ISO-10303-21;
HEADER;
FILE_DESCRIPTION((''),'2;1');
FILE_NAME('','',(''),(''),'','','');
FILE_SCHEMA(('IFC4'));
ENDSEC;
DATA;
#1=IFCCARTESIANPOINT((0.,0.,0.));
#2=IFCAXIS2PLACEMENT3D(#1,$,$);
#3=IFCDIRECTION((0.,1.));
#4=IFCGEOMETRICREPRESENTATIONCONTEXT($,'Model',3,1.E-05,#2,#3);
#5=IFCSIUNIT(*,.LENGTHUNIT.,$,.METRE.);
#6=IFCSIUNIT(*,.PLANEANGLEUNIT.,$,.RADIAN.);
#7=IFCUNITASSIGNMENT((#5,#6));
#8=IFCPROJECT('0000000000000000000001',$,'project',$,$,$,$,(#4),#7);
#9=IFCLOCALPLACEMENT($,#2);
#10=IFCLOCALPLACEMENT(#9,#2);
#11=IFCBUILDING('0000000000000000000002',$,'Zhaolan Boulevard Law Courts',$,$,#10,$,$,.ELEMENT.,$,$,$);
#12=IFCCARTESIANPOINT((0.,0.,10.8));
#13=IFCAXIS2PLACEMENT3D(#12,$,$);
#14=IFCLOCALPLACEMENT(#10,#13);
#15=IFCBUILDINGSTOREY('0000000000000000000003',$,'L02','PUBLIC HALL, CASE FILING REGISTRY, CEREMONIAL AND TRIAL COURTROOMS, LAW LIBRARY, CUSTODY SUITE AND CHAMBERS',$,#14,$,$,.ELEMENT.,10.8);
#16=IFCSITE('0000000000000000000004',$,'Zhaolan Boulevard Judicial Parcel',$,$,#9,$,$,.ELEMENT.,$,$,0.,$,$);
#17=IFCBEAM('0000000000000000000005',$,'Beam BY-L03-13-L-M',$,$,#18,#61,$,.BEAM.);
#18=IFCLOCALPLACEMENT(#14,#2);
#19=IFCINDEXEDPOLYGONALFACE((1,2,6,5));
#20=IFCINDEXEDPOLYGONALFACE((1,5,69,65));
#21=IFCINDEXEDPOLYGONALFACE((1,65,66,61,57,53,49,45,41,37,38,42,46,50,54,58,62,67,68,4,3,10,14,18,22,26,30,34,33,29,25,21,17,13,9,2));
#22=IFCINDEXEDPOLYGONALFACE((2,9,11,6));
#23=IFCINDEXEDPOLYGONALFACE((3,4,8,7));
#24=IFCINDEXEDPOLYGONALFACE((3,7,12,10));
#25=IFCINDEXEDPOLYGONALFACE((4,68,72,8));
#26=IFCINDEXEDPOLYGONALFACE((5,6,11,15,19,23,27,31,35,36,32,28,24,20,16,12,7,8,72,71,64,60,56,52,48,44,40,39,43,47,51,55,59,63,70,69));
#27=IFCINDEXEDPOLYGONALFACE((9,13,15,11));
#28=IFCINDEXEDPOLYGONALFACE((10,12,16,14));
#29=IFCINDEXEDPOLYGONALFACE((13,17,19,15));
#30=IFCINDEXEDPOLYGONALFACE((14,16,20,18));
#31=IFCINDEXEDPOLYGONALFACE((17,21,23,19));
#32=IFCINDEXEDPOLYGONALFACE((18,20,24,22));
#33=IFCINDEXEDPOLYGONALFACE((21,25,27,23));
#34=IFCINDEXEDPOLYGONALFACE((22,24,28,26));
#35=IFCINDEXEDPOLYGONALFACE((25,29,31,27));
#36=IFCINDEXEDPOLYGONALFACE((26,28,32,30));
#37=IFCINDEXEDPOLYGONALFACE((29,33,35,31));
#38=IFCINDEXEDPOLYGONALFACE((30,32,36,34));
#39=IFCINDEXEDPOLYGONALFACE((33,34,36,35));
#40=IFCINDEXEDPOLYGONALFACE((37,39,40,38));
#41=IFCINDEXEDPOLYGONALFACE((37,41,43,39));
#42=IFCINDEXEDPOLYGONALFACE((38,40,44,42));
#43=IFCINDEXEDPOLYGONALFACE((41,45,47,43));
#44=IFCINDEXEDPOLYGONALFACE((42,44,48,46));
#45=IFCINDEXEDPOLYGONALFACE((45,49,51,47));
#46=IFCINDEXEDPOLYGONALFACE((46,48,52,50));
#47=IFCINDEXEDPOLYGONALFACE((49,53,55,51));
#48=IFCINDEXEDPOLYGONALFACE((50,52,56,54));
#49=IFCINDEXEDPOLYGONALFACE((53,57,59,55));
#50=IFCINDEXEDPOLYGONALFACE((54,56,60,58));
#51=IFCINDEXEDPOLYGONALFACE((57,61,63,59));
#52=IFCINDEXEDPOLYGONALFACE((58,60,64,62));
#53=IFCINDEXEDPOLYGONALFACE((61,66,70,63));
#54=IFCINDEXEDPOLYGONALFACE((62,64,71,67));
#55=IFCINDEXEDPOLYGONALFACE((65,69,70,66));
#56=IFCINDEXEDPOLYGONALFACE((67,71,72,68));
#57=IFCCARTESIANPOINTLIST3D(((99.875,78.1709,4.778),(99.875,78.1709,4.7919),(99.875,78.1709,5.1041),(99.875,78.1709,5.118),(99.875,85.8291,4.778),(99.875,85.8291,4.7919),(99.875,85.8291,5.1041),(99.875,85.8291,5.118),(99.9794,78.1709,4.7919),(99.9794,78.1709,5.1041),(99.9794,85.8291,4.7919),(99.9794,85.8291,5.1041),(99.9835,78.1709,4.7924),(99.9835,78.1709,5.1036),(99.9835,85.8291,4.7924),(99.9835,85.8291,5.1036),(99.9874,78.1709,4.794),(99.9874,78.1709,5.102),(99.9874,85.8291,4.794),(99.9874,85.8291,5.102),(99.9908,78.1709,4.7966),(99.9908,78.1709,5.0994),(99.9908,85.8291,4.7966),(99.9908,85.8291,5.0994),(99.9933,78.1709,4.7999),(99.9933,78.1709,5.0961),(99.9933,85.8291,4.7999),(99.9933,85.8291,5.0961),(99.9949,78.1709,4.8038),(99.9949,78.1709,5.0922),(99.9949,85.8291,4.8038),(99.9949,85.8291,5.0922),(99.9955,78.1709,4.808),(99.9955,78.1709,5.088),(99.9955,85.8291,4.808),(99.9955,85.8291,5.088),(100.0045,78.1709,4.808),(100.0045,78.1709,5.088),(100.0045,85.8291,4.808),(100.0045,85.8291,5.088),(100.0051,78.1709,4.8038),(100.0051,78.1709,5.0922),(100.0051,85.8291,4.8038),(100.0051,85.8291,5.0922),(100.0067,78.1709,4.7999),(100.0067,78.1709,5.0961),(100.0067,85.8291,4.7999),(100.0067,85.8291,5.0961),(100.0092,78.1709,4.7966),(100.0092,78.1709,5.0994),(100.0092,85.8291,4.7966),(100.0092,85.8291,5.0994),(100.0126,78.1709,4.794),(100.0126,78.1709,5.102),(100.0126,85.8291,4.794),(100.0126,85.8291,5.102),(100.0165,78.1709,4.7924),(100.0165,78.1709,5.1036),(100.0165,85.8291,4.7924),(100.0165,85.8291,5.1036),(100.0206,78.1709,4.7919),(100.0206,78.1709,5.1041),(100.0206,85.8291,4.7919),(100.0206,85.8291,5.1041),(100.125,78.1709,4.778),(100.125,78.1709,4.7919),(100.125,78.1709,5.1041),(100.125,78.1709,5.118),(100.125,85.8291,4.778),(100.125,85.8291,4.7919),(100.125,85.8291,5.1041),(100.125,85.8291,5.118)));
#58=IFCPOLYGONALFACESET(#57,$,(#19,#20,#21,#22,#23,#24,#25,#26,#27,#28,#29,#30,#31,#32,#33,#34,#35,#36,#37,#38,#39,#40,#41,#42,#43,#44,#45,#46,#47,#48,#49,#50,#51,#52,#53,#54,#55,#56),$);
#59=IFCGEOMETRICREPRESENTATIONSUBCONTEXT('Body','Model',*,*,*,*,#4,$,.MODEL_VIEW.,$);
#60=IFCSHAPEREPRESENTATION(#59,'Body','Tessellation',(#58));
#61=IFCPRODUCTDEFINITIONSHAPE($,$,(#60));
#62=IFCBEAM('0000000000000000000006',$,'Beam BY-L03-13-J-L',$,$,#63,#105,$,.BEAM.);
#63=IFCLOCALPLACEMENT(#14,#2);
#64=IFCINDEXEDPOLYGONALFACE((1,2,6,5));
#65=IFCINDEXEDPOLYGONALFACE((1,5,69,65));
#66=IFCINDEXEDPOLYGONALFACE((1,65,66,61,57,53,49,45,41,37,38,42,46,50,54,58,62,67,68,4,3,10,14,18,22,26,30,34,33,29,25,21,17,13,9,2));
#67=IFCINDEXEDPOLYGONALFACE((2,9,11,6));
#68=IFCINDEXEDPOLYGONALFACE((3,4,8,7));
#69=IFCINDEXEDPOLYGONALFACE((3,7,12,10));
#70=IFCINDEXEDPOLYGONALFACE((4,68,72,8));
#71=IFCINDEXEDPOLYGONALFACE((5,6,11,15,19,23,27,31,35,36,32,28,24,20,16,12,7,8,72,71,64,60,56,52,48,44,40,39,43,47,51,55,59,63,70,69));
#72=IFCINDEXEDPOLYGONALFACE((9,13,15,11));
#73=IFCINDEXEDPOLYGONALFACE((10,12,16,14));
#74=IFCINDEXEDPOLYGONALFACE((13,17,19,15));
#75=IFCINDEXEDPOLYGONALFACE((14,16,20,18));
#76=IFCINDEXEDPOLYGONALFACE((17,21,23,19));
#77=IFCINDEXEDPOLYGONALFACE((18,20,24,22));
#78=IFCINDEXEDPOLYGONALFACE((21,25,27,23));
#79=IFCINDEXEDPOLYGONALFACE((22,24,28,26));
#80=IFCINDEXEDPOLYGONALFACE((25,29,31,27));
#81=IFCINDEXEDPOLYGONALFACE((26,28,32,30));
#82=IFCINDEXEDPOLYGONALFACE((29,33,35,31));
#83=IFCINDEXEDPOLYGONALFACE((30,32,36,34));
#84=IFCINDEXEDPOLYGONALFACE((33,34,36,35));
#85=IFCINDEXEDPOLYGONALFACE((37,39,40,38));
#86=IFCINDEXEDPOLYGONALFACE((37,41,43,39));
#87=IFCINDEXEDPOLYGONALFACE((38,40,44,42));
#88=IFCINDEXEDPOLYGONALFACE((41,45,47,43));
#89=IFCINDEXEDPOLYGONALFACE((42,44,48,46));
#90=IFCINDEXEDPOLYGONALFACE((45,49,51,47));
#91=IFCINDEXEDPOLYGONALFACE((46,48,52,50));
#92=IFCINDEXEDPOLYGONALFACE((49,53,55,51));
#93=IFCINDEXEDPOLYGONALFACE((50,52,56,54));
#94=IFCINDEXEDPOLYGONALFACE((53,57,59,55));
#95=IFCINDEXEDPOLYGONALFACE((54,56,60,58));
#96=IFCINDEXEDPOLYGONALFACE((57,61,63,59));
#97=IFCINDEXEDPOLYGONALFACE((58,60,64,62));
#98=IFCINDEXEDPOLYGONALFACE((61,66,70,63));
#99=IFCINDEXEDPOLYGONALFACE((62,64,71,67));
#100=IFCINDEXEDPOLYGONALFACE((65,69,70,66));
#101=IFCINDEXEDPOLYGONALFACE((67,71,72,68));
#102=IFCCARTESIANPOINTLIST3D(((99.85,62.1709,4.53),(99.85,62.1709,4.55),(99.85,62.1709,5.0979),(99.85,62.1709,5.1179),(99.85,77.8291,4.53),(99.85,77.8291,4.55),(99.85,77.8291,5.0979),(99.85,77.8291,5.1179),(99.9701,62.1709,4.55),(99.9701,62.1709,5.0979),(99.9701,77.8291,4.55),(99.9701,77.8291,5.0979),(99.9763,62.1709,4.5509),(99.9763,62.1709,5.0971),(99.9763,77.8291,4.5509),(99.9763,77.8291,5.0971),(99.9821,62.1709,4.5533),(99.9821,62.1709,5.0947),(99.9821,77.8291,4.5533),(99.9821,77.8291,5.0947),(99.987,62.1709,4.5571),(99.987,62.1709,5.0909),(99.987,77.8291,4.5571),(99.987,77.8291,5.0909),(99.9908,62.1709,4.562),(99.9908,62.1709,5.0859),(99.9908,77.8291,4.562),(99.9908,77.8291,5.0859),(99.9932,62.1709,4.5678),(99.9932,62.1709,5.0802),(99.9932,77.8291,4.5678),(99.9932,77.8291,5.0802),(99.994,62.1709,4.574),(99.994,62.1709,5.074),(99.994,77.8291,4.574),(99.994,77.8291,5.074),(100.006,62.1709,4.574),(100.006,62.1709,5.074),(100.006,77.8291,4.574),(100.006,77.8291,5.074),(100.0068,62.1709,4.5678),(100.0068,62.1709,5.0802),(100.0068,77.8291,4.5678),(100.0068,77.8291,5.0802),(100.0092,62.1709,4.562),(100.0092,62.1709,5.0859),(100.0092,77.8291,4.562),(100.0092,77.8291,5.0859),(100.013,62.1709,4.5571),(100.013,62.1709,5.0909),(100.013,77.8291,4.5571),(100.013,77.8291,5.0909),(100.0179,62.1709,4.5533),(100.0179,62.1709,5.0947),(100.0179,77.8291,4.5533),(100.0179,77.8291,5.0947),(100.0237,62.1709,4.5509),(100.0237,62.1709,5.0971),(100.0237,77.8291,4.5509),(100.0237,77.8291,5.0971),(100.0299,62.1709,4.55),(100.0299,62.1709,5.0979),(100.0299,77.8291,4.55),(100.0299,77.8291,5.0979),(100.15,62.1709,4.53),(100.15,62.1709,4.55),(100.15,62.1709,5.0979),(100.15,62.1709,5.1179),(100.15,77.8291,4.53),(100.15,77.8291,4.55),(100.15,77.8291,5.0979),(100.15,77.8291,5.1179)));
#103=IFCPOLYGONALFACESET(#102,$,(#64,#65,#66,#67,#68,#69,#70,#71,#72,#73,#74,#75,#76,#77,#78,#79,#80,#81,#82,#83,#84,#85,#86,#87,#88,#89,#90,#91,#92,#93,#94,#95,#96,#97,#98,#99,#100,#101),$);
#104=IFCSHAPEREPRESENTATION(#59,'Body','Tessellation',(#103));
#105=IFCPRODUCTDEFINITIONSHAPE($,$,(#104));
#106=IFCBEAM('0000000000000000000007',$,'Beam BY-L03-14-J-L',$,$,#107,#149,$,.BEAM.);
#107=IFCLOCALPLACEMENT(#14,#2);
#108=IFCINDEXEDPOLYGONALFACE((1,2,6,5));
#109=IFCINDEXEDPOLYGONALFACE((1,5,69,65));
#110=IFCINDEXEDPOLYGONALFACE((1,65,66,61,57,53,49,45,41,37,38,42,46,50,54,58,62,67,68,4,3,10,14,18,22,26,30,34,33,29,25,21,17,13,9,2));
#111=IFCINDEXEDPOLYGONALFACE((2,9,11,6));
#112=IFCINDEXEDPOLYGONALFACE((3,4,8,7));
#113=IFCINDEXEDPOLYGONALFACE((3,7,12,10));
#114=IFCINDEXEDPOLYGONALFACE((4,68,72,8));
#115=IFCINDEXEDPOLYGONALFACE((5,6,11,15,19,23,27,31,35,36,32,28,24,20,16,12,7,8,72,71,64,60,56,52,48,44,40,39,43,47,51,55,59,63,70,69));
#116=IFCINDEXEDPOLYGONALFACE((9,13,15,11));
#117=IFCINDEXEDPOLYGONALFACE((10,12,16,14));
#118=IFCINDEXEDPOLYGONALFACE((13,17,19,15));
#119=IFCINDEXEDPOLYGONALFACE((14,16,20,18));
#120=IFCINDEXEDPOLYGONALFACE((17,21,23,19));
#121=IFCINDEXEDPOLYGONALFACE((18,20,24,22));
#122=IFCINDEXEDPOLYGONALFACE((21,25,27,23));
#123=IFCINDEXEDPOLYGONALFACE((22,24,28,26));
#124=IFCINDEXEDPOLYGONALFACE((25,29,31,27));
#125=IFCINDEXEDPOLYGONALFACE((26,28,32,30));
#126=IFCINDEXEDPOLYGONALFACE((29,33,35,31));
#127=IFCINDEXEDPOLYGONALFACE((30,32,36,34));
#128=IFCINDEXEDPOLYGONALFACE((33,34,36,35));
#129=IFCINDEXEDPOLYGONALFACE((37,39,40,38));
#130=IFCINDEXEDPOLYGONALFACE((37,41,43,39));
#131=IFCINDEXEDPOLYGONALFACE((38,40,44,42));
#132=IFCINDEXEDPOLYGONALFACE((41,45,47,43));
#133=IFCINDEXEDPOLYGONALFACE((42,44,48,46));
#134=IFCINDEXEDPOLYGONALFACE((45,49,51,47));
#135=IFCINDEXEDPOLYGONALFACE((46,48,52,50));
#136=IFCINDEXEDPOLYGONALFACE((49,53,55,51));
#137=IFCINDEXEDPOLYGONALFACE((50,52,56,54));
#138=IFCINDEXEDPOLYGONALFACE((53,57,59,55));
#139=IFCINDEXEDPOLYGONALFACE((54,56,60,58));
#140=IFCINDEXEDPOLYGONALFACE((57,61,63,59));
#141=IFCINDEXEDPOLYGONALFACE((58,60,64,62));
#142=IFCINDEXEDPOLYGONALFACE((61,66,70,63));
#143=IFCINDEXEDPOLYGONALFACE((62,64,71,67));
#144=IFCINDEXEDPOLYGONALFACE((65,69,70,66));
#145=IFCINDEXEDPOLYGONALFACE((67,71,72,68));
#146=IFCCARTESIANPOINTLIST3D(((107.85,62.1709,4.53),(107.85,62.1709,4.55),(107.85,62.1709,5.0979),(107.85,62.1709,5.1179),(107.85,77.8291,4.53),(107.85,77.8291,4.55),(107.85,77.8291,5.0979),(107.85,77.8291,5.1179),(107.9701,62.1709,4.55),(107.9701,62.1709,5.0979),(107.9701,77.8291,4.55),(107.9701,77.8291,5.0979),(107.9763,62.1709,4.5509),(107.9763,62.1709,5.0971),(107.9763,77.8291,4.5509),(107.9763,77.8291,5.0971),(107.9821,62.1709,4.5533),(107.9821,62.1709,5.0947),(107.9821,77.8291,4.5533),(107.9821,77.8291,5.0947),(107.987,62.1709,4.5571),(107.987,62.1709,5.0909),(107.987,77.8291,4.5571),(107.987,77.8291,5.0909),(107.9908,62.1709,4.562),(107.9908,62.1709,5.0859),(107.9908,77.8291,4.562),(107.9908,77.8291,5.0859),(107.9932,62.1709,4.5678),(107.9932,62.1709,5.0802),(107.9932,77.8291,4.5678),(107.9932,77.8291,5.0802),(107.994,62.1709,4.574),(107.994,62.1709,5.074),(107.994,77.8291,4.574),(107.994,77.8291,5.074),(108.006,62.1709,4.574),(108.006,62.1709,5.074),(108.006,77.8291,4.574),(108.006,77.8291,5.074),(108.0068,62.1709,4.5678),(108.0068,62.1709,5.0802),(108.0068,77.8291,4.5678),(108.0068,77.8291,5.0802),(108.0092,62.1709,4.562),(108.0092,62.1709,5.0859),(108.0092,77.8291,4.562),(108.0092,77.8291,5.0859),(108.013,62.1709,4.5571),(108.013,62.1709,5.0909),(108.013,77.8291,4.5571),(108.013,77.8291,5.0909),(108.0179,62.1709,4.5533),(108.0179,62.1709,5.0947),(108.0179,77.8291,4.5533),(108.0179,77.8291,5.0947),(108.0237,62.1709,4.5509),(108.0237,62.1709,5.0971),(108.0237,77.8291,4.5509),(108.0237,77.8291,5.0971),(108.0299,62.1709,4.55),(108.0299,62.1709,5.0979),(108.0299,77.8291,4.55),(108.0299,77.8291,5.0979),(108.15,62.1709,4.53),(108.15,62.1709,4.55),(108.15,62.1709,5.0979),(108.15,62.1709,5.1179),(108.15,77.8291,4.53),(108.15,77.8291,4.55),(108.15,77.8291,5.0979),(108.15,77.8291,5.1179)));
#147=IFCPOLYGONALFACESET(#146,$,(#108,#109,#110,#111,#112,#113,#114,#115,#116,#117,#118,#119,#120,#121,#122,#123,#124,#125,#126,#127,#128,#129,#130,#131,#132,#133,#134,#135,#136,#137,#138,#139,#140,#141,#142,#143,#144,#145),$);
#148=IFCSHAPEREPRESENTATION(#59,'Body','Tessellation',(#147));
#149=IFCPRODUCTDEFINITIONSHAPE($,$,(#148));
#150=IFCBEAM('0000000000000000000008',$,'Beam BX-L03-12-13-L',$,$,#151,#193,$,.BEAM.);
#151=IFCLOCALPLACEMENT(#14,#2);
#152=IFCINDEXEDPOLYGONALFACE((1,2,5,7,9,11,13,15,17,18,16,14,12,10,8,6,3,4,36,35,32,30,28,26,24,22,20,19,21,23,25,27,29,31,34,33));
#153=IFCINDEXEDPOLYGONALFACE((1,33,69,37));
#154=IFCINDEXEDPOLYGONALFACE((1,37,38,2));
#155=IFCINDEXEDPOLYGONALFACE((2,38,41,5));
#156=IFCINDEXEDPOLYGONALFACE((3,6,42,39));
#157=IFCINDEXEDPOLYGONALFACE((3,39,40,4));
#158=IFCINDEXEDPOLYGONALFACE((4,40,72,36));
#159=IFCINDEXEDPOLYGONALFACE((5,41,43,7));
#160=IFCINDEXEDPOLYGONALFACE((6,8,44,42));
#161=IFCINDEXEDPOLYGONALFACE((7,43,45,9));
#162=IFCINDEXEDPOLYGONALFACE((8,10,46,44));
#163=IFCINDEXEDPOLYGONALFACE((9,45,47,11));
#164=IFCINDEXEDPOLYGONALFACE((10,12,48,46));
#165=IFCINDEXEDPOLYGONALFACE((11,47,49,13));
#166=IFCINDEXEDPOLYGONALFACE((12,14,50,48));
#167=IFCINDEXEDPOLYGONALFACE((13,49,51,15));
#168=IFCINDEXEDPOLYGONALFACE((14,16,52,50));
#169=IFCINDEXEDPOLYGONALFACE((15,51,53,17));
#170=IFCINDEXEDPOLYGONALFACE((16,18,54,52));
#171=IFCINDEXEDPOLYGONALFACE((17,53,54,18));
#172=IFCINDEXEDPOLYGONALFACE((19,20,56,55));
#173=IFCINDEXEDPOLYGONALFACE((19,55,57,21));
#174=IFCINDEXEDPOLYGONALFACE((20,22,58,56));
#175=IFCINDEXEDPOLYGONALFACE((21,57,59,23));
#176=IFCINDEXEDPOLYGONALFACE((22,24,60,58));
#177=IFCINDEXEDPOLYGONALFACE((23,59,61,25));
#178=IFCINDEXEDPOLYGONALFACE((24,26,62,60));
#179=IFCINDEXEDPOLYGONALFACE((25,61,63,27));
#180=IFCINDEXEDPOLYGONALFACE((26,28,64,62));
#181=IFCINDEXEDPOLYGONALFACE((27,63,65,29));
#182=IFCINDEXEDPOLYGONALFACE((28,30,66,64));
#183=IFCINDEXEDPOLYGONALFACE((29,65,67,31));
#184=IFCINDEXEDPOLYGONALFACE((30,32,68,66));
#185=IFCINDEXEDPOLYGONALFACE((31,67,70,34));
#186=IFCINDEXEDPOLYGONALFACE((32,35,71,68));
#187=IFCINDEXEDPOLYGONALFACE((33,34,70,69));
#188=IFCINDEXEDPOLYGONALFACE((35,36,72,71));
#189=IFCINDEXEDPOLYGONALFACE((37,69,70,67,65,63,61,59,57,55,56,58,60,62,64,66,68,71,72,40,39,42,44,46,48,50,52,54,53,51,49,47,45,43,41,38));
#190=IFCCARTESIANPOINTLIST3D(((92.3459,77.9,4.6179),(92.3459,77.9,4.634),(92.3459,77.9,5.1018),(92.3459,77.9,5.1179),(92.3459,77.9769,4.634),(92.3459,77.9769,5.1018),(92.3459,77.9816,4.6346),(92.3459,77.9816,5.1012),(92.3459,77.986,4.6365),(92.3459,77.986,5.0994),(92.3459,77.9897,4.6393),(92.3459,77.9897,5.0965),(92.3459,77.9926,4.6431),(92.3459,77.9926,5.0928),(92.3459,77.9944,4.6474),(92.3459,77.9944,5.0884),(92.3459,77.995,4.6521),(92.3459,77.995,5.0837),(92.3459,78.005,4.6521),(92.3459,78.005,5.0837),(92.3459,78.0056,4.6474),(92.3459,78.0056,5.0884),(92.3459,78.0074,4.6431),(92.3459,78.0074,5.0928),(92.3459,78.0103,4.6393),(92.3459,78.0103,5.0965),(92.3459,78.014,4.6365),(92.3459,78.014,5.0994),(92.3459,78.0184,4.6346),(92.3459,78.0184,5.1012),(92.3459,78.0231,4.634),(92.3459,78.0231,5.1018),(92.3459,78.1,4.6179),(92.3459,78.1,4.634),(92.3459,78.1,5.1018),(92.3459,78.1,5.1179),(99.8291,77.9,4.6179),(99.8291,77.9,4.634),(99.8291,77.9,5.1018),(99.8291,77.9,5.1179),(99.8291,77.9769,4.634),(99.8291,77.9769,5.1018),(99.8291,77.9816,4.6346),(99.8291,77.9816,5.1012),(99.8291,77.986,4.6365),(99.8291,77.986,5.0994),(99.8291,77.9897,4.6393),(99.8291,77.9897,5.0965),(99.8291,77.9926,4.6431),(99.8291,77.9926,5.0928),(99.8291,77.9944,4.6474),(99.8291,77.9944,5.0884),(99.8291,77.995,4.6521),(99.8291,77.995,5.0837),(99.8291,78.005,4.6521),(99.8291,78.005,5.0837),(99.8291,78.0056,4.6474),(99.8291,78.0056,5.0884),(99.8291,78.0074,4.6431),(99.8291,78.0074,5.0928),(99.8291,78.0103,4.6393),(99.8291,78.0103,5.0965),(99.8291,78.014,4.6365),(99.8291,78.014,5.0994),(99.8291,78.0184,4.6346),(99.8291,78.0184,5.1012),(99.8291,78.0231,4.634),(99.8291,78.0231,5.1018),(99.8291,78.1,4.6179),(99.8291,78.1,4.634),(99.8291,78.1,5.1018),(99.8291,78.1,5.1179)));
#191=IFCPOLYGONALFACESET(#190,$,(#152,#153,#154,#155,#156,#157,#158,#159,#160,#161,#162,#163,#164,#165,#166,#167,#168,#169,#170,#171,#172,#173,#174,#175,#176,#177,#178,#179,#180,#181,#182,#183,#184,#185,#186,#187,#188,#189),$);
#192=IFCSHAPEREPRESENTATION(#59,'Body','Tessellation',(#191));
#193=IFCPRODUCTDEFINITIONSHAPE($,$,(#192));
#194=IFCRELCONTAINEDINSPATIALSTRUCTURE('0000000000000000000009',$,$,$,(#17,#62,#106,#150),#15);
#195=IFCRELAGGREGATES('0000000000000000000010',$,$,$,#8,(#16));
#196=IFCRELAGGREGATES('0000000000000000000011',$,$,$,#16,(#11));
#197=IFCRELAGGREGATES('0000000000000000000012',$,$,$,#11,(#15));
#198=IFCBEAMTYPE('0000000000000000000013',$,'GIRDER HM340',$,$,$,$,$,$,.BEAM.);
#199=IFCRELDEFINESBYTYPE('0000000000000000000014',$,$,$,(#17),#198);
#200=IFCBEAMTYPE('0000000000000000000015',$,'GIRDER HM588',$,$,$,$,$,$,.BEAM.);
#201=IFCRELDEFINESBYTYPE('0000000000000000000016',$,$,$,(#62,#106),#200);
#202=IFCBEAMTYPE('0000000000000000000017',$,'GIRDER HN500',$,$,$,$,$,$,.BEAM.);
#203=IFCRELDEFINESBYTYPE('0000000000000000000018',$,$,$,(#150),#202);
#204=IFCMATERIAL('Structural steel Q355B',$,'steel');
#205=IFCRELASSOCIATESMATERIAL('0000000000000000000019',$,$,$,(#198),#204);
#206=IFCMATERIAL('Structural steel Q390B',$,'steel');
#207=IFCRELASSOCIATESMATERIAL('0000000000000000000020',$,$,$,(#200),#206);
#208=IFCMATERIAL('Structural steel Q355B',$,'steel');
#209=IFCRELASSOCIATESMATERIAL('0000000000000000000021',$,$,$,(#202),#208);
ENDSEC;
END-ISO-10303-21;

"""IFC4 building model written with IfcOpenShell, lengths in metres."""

from ifc_helpers import new_model, si_unit, direction, frame, origin, origin_2d, place, context, subcontext, project, spatial, i_section, extrude, material, material_profile, profile_set, type_object, element, save


model = new_model("IFC4")

# Units and contexts
model_context = context("Model", 3, precision=1e-05, world=origin(), true_north=direction((0.0, 1.0)))
body_context = subcontext(model_context, "Body", "Model", "MODEL_VIEW")
ifc_project = project(units=[si_unit("LENGTHUNIT", "METRE"), si_unit("PLANEANGLEUNIT", "RADIAN")], contexts=[model_context])

# Site, building, storey
site_placement = place(None, origin())
site = spatial("IfcSite", under=ifc_project, at=site_placement, Name="Zhaolan Boulevard Judicial Parcel", CompositionType="ELEMENT", RefElevation=0.0)
building_placement = place(site_placement, origin())
building = spatial("IfcBuilding", under=site, at=building_placement, Name="Zhaolan Boulevard Law Courts", CompositionType="ELEMENT")
storey_placement = place(building_placement, frame((0.0, 0.0, 10.8)))
storey = spatial("IfcBuildingStorey", under=building, at=storey_placement, Name="L02", Description="PUBLIC HALL, CASE FILING REGISTRY, CEREMONIAL AND TRIAL COURTROOMS, LAW LIBRARY, CUSTODY SUITE AND CHAMBERS", CompositionType="ELEMENT", Elevation=10.8)

# Beams
ifc_material_1 = material(Name="Structural steel Q355B", Category="steel")
ifc_material_profile_1 = material_profile(ifc_material_1, i_section(OverallWidth=0.25, OverallDepth=0.3401, WebThickness=0.009, FlangeThickness=0.0139, FilletRadius=0.0161, at=origin_2d()), Name="HM340x250")
ifc_profile_set_1 = profile_set([ifc_material_profile_1], Name="Structural steel Q355B")
beam_type_1 = type_object("IfcBeamType", Name="GIRDER HM340", PredefinedType="BEAM", material=ifc_profile_set_1)
beam_1_placement = place(storey_placement, frame((100.0, 78.1709, 4.948), z_axis=(0.0, 1.0, 0.0), x_axis=(-1.0, 0.0, 0.0)))
element("IfcBeam", 1, at=beam_1_placement, inside=storey, type_object=beam_type_1, Name="Beam BY-L03-13-L-M", PredefinedType="BEAM", context=body_context, shape_type="SweptSolid", body=[
    extrude(i_section(OverallWidth=0.25, OverallDepth=0.3401, WebThickness=0.009, FlangeThickness=0.0139, FilletRadius=0.0161, at=origin_2d()), origin(), (0.0, 0.0, 1.0), 7.6582),
])
ifc_material_2 = material(Name="Structural steel Q390B", Category="steel")
ifc_material_profile_2 = material_profile(ifc_material_2, i_section(OverallWidth=0.3, OverallDepth=0.5879, WebThickness=0.012, FlangeThickness=0.02, FilletRadius=0.0239, at=origin_2d()), Name="HM588x300")
ifc_profile_set_2 = profile_set([ifc_material_profile_2], Name="Structural steel Q390B")
beam_type_2 = type_object("IfcBeamType", Name="GIRDER HM588", PredefinedType="BEAM", material=ifc_profile_set_2)
for number, where, z_axis, x_axis, name in (
    (2, (100.0, 62.1709, 4.824), (0.0, 1.0, 0.0), (-1.0, 0.0, 0.0), "Beam BY-L03-13-J-L"),
    (3, (108.0, 62.1709, 4.824), (0.0, 1.0, 0.0), (-1.0, 0.0, 0.0), "Beam BY-L03-14-J-L"),
):
    element("IfcBeam", number, at=place(storey_placement, frame(where, z_axis=z_axis, x_axis=x_axis)), inside=storey, type_object=beam_type_2, Name=name, PredefinedType="BEAM", context=body_context, shape_type="SweptSolid", body=[
        extrude(i_section(OverallWidth=0.3, OverallDepth=0.5879, WebThickness=0.012, FlangeThickness=0.02, FilletRadius=0.0239, at=origin_2d()), origin(), (0.0, 0.0, 1.0), 15.6582),
    ])
ifc_material_3 = material(Name="Structural steel Q355B", Category="steel")
ifc_material_profile_3 = material_profile(ifc_material_3, i_section(OverallWidth=0.2, OverallDepth=0.5, WebThickness=0.01, FlangeThickness=0.0161, FilletRadius=0.0181, at=origin_2d()), Name="HN500x200")
ifc_profile_set_3 = profile_set([ifc_material_profile_3], Name="Structural steel Q355B")
beam_type_3 = type_object("IfcBeamType", Name="GIRDER HN500", PredefinedType="BEAM", material=ifc_profile_set_3)
beam_2_placement = place(storey_placement, frame((92.3459, 78.0, 4.8679), z_axis=(1.0, 0.0, 0.0), x_axis=(0.0, 1.0, 0.0)))
element("IfcBeam", 4, at=beam_2_placement, inside=storey, type_object=beam_type_3, Name="Beam BX-L03-12-13-L", PredefinedType="BEAM", context=body_context, shape_type="SweptSolid", body=[
    extrude(i_section(OverallWidth=0.2, OverallDepth=0.5, WebThickness=0.01, FlangeThickness=0.0161, FilletRadius=0.0181, at=origin_2d()), origin(), (0.0, 0.0, 1.0), 7.4832),
])

save(model, "model.ifc")
